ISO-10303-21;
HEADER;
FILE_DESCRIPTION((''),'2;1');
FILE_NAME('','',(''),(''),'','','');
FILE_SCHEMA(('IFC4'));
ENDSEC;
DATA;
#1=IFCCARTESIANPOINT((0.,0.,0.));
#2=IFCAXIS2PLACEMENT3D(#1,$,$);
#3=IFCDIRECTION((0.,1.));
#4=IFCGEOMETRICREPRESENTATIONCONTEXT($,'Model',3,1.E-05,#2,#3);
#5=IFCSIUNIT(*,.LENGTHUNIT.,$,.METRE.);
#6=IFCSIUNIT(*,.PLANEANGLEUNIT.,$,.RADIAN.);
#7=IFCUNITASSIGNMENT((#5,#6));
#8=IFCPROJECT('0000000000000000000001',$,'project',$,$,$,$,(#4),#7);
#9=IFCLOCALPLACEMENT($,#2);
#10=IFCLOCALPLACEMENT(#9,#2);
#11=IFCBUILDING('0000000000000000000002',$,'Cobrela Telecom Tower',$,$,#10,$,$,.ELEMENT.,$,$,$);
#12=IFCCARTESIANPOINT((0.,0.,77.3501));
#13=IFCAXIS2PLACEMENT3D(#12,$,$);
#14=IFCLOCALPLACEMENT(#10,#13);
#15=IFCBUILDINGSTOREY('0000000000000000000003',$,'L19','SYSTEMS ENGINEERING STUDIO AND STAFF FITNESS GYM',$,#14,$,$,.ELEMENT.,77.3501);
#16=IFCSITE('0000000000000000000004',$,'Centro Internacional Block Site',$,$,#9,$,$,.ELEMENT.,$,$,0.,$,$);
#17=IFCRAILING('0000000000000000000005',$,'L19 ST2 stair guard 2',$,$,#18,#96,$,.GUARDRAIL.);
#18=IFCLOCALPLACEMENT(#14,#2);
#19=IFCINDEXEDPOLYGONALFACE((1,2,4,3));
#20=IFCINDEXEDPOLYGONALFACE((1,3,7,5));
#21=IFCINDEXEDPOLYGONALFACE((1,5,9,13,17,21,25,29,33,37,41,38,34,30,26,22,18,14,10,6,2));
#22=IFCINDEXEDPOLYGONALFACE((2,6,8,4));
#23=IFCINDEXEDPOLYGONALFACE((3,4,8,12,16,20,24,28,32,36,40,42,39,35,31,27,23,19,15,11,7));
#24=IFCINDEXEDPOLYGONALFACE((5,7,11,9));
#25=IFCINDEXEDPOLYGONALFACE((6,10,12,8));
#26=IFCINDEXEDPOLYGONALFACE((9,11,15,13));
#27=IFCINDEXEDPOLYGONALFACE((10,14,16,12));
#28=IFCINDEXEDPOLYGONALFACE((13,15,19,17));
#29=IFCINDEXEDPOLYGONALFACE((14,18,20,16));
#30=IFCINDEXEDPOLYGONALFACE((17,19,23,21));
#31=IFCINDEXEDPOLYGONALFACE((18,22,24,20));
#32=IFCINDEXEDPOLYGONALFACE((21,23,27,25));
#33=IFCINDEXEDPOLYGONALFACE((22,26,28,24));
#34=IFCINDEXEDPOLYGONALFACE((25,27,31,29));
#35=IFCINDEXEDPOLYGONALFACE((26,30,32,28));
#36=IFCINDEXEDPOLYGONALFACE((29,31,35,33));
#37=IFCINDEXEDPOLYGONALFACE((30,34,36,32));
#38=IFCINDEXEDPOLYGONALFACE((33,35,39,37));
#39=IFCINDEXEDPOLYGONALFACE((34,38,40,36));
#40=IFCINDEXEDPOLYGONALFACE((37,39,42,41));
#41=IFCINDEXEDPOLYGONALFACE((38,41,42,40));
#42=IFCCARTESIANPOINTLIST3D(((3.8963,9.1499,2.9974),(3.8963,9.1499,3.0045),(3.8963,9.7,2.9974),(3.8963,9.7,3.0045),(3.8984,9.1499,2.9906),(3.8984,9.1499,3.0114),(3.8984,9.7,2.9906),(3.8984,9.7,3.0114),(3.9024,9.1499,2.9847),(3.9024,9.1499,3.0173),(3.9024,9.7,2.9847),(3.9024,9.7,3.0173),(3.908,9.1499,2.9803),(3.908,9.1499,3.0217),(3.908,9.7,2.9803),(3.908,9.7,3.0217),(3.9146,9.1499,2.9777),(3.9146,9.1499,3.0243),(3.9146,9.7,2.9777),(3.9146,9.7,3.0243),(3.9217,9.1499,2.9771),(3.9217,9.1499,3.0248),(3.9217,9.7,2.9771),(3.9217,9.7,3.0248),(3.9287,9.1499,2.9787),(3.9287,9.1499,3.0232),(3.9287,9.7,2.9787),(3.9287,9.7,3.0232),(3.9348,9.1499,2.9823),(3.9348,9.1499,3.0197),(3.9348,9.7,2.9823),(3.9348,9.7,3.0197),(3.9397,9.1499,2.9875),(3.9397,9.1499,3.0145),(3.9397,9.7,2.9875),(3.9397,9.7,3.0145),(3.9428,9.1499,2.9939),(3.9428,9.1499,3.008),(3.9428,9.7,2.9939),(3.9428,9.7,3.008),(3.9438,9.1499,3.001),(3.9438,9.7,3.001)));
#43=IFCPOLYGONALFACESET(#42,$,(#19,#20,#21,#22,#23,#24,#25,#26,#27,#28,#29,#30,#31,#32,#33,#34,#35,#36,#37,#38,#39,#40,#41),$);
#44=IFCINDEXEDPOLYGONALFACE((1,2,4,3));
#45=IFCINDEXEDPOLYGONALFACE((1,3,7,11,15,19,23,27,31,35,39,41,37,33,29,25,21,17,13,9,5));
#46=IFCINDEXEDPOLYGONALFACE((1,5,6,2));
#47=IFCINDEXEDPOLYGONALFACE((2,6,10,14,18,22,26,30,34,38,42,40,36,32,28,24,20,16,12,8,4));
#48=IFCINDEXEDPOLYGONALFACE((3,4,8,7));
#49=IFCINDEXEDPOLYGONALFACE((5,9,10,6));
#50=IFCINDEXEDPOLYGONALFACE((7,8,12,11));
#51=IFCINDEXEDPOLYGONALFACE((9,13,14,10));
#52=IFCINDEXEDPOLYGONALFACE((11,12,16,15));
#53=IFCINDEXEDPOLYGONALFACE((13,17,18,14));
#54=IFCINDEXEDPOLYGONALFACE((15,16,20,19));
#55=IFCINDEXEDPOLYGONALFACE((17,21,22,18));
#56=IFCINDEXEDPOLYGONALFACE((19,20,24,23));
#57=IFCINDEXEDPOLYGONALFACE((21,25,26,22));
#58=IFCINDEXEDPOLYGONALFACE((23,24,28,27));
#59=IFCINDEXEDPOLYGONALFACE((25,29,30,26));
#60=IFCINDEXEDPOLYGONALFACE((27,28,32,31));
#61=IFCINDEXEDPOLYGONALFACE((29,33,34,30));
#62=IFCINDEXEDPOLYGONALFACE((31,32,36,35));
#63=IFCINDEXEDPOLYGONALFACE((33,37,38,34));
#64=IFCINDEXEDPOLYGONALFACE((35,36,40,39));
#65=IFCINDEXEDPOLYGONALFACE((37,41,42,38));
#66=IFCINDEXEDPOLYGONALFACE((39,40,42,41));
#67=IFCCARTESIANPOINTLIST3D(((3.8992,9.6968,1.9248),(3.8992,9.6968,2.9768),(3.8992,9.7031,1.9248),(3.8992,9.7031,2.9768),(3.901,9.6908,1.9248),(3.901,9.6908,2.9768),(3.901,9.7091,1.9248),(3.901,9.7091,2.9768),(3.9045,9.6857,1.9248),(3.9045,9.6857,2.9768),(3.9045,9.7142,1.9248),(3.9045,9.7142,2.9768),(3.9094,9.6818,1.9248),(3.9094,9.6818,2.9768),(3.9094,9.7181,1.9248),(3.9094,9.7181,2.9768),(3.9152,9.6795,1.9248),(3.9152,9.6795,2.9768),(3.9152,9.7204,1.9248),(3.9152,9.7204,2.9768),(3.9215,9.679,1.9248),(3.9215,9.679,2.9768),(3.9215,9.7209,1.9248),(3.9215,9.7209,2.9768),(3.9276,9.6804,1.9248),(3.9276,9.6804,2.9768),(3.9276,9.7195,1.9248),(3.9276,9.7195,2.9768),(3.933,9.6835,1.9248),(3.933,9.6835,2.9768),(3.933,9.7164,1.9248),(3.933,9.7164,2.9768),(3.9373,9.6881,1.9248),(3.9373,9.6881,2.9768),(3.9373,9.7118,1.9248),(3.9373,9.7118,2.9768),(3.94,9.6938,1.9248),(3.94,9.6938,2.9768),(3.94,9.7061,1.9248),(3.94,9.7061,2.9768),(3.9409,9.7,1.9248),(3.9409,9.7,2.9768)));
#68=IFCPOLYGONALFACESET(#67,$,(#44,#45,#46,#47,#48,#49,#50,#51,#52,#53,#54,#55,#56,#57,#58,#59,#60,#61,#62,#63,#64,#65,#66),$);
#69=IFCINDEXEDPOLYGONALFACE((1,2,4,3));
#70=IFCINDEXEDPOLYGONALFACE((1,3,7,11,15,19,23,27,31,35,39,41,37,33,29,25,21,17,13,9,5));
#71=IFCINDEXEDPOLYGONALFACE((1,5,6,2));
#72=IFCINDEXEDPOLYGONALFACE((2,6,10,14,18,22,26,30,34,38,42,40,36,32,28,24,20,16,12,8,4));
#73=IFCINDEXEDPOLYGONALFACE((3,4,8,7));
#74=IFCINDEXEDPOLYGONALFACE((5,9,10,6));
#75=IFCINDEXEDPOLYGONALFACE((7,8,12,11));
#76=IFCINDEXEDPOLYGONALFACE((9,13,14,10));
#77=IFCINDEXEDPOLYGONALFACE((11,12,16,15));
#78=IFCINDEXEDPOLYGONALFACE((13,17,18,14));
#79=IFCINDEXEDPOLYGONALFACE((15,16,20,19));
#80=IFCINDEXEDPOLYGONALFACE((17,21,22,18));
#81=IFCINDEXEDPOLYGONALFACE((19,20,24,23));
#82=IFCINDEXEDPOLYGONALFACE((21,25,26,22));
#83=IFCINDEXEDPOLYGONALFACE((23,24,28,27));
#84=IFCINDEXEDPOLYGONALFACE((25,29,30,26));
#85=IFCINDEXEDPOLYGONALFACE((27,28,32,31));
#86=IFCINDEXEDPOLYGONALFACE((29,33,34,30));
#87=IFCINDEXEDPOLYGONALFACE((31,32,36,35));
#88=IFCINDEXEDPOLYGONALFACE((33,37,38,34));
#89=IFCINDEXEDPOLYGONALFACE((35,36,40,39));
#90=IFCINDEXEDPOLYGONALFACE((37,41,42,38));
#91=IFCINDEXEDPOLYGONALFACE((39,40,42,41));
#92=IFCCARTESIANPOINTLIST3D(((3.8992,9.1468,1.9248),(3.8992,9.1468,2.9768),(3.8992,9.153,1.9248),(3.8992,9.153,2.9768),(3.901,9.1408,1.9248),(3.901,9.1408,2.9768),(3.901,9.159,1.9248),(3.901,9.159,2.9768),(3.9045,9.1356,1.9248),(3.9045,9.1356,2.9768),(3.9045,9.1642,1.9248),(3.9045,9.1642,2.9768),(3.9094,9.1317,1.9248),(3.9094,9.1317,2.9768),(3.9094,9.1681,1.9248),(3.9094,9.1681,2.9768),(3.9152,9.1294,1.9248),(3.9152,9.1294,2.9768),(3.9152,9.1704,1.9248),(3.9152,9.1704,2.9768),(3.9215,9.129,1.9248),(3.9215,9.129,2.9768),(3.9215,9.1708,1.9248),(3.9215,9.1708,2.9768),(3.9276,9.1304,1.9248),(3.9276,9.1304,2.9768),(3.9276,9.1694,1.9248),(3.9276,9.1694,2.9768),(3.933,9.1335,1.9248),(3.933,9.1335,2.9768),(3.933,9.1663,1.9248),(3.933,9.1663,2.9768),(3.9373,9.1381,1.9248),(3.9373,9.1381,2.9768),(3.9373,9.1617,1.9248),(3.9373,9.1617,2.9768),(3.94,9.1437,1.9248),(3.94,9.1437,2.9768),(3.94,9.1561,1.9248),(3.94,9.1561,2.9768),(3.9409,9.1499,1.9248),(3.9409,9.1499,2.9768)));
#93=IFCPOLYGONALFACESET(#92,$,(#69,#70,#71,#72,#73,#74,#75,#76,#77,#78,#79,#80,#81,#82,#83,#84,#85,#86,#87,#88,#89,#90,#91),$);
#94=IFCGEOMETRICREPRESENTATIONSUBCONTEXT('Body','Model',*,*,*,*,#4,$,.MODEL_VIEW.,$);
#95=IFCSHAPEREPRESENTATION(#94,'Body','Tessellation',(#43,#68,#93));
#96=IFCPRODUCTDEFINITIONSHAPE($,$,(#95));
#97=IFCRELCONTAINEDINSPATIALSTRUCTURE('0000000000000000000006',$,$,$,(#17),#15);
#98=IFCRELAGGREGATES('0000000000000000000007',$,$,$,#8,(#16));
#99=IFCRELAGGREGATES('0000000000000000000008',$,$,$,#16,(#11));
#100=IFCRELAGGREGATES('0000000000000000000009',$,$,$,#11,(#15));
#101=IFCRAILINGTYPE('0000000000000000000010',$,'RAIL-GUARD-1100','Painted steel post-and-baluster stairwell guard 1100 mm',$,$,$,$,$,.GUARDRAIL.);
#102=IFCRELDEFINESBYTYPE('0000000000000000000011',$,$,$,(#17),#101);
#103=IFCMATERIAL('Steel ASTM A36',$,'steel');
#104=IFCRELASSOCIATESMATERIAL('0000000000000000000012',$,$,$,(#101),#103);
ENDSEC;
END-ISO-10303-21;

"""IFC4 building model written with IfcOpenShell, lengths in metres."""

from ifc_helpers import new_model, si_unit, direction, frame, origin, origin_2d, place, context, subcontext, project, spatial, circle, extrude, material, type_object, element, save


model = new_model("IFC4")

# Units and contexts
model_context = context("Model", 3, precision=1e-05, world=origin(), true_north=direction((0.0, 1.0)))
body_context = subcontext(model_context, "Body", "Model", "MODEL_VIEW")
ifc_project = project(units=[si_unit("LENGTHUNIT", "METRE"), si_unit("PLANEANGLEUNIT", "RADIAN")], contexts=[model_context])

# Site, building, storey
site_placement = place(None, origin())
site = spatial("IfcSite", under=ifc_project, at=site_placement, Name="Centro Internacional Block Site", CompositionType="ELEMENT", RefElevation=0.0)
building_placement = place(site_placement, origin())
building = spatial("IfcBuilding", under=site, at=building_placement, Name="Cobrela Telecom Tower", CompositionType="ELEMENT")
storey_placement = place(building_placement, frame((0.0, 0.0, 77.3501)))
storey = spatial("IfcBuildingStorey", under=building, at=storey_placement, Name="L19", Description="SYSTEMS ENGINEERING STUDIO AND STAFF FITNESS GYM", CompositionType="ELEMENT", Elevation=77.3501)

# Railing
ifc_material_1 = material(Name="Steel ASTM A36", Category="steel")
railing_type_1 = type_object("IfcRailingType", Name="RAIL-GUARD-1100", Description="Painted steel post-and-baluster stairwell guard 1100 mm", PredefinedType="GUARDRAIL", material=ifc_material_1)
railing_1_placement = place(storey_placement, frame((3.9199, 9.7, 1.9248)))
element("IfcRailing", 1, at=railing_1_placement, inside=storey, type_object=railing_type_1, Name="L19 ST2 stair guard 2", PredefinedType="GUARDRAIL", context=body_context, shape_type="SweptSolid", body=[
    extrude(circle(Radius=0.0239, at=origin_2d()), frame((0.0, 0.0, 1.0762), z_axis=(0.0, -1.0, 0.0), x_axis=(1.0, 0.0, 0.0)), (0.0, 0.0, 1.0), 0.55),
    extrude(circle(Radius=0.021, at=origin_2d()), origin(), (0.0, 0.0, 1.0), 1.052),
    extrude(circle(Radius=0.021, at=origin_2d()), frame((0.0, -0.55, 0.0)), (0.0, 0.0, 1.0), 1.052),
])

save(model, "model.ifc")
